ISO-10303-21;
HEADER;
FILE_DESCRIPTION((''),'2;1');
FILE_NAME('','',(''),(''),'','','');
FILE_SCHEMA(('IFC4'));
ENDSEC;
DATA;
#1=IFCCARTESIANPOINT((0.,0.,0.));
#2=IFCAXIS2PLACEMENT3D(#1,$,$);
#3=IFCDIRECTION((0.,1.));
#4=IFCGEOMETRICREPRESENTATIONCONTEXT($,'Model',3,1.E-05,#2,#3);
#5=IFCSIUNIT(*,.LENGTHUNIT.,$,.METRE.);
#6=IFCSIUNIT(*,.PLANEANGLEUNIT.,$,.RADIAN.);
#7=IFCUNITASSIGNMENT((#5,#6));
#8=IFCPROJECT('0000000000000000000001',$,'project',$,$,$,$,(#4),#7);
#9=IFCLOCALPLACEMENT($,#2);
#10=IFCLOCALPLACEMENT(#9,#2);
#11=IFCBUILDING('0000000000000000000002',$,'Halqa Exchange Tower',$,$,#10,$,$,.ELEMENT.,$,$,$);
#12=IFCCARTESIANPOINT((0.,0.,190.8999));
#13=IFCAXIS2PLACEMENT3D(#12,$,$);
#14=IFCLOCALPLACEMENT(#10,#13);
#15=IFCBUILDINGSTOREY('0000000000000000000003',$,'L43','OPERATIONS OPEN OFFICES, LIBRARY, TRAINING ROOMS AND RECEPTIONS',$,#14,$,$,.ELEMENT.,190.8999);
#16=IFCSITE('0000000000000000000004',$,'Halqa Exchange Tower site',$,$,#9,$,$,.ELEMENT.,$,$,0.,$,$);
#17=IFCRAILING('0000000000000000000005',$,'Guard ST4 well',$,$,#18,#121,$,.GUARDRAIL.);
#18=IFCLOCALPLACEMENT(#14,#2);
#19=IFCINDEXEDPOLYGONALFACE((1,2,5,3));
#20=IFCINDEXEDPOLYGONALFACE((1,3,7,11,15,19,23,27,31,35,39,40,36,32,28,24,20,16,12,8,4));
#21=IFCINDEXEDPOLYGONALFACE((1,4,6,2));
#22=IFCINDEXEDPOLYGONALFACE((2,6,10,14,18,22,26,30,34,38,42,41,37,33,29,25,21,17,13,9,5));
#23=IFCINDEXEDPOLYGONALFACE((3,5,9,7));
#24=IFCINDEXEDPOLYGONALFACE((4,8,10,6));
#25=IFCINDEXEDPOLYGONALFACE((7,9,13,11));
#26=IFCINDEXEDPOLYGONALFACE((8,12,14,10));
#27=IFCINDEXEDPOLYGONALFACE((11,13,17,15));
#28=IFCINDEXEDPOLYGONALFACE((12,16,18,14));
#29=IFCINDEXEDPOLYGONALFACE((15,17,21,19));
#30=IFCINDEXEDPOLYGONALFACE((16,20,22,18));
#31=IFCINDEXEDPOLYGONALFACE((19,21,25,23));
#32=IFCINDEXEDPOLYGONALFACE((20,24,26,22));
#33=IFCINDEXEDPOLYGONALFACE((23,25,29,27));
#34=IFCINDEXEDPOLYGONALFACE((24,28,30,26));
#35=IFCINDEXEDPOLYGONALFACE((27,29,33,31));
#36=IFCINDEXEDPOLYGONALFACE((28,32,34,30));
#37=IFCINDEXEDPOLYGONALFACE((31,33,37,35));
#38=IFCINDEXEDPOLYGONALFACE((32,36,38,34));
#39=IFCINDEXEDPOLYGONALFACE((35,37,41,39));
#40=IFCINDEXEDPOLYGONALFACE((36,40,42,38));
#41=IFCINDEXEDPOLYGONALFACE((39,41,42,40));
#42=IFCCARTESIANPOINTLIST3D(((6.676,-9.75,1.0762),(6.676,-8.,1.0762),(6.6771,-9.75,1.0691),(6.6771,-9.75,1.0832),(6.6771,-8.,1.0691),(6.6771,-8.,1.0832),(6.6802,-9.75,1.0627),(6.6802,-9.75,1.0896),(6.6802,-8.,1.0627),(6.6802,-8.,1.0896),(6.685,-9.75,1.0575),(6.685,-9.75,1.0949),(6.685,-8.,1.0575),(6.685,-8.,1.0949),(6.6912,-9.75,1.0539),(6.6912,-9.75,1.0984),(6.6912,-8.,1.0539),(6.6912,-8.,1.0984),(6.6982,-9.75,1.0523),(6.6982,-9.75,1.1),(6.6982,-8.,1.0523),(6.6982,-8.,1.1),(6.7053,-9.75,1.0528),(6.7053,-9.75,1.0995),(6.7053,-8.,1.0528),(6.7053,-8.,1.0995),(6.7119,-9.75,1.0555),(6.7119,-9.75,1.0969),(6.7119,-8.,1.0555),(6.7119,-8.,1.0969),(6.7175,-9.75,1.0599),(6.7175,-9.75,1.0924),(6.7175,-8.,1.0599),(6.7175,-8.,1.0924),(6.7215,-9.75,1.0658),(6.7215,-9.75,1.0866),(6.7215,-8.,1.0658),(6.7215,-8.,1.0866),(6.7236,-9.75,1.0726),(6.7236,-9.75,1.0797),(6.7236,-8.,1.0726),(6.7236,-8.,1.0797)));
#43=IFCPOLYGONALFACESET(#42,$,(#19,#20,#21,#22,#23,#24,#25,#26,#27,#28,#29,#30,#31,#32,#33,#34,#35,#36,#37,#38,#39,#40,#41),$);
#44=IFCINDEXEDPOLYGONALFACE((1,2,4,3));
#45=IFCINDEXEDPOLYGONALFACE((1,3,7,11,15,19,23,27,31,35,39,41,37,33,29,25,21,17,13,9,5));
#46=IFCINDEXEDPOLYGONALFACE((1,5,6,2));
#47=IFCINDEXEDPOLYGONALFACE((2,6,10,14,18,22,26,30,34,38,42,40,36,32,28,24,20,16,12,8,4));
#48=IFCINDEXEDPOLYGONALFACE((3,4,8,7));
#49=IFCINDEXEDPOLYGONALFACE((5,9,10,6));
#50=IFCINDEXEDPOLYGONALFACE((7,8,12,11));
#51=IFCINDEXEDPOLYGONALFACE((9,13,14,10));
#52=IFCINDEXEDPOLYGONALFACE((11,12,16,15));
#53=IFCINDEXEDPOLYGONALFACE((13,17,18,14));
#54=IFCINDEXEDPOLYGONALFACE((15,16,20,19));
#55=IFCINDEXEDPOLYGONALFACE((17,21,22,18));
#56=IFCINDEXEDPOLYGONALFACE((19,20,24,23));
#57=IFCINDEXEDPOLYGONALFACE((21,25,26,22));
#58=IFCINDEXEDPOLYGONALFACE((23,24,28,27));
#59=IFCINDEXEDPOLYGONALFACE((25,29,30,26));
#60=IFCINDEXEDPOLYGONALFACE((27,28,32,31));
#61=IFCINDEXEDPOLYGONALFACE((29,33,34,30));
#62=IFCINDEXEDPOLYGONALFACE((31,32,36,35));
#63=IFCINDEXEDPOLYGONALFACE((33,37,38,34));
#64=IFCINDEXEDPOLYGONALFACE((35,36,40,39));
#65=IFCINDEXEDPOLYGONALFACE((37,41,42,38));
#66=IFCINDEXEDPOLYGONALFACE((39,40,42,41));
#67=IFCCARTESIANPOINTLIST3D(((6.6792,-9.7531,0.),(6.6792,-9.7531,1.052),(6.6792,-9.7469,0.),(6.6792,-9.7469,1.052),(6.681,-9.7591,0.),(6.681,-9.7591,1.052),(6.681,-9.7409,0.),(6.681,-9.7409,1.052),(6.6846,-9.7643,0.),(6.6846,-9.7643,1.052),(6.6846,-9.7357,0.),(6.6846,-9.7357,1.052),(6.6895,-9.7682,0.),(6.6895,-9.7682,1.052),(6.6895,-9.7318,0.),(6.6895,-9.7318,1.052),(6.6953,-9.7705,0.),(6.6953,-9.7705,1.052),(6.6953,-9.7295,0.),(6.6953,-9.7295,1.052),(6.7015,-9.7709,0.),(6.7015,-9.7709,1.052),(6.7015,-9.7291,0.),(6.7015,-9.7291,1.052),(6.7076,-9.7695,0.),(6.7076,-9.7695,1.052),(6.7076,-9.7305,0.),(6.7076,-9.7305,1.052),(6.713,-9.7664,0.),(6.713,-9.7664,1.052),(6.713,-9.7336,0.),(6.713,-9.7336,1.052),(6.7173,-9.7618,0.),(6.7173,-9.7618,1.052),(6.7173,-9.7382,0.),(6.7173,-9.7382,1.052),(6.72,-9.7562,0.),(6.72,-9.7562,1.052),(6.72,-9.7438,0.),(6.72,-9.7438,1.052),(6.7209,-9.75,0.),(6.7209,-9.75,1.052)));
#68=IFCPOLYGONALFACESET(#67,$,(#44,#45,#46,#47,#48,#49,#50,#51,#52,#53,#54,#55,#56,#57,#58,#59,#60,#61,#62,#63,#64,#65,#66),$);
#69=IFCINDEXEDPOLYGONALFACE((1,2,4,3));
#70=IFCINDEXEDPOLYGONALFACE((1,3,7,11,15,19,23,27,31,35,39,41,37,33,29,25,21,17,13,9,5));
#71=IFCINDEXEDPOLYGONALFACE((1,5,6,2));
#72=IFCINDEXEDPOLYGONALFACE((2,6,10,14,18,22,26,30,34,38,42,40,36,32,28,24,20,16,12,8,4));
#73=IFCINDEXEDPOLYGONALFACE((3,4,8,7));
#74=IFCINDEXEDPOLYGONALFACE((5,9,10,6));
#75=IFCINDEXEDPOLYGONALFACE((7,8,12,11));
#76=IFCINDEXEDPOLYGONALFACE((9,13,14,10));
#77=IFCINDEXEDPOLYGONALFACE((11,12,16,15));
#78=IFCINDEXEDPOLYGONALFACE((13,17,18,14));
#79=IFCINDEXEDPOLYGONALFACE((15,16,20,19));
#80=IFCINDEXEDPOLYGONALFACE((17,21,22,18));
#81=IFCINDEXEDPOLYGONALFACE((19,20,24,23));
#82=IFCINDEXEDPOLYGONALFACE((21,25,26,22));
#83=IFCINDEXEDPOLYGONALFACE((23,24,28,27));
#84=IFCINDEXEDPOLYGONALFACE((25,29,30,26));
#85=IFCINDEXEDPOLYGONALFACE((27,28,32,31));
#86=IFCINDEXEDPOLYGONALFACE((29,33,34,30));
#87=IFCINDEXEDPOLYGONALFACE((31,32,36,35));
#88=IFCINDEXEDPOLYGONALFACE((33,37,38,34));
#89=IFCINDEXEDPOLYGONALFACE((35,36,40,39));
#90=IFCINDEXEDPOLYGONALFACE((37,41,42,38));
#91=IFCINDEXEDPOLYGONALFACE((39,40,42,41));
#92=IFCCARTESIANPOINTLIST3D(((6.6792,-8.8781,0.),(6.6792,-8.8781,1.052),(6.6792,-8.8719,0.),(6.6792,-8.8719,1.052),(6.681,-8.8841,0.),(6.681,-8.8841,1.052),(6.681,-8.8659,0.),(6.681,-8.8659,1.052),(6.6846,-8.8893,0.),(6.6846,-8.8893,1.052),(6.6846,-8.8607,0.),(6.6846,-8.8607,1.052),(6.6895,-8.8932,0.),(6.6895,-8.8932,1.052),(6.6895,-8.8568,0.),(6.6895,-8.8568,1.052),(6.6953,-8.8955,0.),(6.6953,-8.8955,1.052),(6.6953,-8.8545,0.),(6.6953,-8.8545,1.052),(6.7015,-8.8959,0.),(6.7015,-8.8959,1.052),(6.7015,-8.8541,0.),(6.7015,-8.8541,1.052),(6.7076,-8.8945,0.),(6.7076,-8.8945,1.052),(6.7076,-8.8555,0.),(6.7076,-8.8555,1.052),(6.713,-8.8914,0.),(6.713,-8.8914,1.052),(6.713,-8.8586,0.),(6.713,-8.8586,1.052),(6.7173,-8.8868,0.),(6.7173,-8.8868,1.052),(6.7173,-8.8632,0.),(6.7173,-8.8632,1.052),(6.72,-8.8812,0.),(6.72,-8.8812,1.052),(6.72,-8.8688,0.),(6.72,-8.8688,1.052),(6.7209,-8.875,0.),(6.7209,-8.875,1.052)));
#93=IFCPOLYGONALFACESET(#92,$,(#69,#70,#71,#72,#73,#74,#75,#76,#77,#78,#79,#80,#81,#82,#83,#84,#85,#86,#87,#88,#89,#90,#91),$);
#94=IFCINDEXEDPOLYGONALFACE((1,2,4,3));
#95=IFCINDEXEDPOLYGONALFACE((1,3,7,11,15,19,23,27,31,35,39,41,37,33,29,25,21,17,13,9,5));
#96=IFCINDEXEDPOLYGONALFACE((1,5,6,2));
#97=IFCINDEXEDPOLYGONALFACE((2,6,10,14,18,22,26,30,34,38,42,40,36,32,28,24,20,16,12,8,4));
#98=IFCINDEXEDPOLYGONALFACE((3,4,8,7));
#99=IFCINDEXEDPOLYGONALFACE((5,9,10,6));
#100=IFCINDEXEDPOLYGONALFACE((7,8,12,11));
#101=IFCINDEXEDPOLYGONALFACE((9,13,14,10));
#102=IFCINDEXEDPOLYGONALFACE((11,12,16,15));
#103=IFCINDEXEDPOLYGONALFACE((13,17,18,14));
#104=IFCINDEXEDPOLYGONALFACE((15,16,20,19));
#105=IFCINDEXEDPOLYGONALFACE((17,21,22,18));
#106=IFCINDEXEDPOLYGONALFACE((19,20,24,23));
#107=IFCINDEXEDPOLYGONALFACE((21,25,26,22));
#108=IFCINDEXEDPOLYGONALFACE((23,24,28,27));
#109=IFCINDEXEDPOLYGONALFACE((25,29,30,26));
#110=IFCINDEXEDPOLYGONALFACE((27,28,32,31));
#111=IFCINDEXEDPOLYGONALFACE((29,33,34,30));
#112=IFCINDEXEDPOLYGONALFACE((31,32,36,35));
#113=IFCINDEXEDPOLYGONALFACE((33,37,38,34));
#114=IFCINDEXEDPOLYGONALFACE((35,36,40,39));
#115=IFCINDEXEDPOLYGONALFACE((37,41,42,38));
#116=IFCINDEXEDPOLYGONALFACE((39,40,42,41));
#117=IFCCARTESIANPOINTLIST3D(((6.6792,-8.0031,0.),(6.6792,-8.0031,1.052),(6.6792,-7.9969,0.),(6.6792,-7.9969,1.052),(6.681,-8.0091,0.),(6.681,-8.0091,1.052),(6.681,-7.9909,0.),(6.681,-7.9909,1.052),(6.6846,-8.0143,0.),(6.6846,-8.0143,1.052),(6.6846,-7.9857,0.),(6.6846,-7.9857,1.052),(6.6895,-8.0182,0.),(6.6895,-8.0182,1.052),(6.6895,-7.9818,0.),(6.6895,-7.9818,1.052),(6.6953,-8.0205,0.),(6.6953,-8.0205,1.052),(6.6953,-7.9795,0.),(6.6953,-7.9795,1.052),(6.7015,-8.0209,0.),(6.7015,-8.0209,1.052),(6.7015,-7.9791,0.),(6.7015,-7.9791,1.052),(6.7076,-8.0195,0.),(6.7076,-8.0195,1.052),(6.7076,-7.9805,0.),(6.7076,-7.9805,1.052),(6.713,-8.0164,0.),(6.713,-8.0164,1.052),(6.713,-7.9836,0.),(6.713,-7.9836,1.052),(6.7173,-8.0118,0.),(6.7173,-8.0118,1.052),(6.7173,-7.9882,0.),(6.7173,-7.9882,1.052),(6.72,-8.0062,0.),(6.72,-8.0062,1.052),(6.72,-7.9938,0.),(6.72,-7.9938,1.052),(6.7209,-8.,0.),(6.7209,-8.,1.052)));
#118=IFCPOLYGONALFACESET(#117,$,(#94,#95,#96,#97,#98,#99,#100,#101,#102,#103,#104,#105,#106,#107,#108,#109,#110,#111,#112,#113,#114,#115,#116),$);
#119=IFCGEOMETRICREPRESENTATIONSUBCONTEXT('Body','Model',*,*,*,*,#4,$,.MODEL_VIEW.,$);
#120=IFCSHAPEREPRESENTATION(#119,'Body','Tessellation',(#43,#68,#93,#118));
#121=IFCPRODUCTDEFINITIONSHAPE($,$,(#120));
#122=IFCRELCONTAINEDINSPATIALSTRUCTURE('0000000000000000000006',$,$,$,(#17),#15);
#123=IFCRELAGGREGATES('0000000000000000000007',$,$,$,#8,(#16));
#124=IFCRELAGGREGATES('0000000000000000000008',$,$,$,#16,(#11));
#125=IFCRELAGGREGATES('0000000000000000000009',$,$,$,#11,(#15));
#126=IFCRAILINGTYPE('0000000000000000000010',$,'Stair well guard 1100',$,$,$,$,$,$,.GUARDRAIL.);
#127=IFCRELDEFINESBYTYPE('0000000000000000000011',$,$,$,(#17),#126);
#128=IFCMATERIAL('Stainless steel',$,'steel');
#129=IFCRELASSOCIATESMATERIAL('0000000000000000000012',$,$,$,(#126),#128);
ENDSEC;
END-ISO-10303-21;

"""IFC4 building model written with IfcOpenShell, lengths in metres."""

from ifc_helpers import new_model, si_unit, direction, frame, origin, origin_2d, place, context, subcontext, project, spatial, circle, extrude, material, type_object, element, save


model = new_model("IFC4")

# Units and contexts
model_context = context("Model", 3, precision=1e-05, world=origin(), true_north=direction((0.0, 1.0)))
body_context = subcontext(model_context, "Body", "Model", "MODEL_VIEW")
ifc_project = project(units=[si_unit("LENGTHUNIT", "METRE"), si_unit("PLANEANGLEUNIT", "RADIAN")], contexts=[model_context])

# Site, building, storey
site_placement = place(None, origin())
site = spatial("IfcSite", under=ifc_project, at=site_placement, Name="Halqa Exchange Tower site", CompositionType="ELEMENT", RefElevation=0.0)
building_placement = place(site_placement, origin())
building = spatial("IfcBuilding", under=site, at=building_placement, Name="Halqa Exchange Tower", CompositionType="ELEMENT")
storey_placement = place(building_placement, frame((0.0, 0.0, 190.8999)))
storey = spatial("IfcBuildingStorey", under=building, at=storey_placement, Name="L43", Description="OPERATIONS OPEN OFFICES, LIBRARY, TRAINING ROOMS AND RECEPTIONS", CompositionType="ELEMENT", Elevation=190.8999)

# Railing
ifc_material_1 = material(Name="Stainless steel", Category="steel")
railing_type_1 = type_object("IfcRailingType", Name="Stair well guard 1100", PredefinedType="GUARDRAIL", material=ifc_material_1)
railing_1_placement = place(storey_placement, frame((6.7, -9.75, 0.0)))
element("IfcRailing", 1, at=railing_1_placement, inside=storey, type_object=railing_type_1, Name="Guard ST4 well", PredefinedType="GUARDRAIL", context=body_context, shape_type="SweptSolid", body=[
    extrude(circle(Radius=0.0239, at=origin_2d()), frame((0.0, 0.0, 1.0762), z_axis=(0.0, 1.0, 0.0), x_axis=(-1.0, 0.0, 0.0)), (0.0, 0.0, 1.0), 1.75),
    extrude(circle(Radius=0.021, at=origin_2d()), origin(), (0.0, 0.0, 1.0), 1.052),
    extrude(circle(Radius=0.021, at=origin_2d()), frame((0.0, 0.875, 0.0)), (0.0, 0.0, 1.0), 1.052),
    extrude(circle(Radius=0.021, at=origin_2d()), frame((0.0, 1.75, 0.0)), (0.0, 0.0, 1.0), 1.052),
])

save(model, "model.ifc")
